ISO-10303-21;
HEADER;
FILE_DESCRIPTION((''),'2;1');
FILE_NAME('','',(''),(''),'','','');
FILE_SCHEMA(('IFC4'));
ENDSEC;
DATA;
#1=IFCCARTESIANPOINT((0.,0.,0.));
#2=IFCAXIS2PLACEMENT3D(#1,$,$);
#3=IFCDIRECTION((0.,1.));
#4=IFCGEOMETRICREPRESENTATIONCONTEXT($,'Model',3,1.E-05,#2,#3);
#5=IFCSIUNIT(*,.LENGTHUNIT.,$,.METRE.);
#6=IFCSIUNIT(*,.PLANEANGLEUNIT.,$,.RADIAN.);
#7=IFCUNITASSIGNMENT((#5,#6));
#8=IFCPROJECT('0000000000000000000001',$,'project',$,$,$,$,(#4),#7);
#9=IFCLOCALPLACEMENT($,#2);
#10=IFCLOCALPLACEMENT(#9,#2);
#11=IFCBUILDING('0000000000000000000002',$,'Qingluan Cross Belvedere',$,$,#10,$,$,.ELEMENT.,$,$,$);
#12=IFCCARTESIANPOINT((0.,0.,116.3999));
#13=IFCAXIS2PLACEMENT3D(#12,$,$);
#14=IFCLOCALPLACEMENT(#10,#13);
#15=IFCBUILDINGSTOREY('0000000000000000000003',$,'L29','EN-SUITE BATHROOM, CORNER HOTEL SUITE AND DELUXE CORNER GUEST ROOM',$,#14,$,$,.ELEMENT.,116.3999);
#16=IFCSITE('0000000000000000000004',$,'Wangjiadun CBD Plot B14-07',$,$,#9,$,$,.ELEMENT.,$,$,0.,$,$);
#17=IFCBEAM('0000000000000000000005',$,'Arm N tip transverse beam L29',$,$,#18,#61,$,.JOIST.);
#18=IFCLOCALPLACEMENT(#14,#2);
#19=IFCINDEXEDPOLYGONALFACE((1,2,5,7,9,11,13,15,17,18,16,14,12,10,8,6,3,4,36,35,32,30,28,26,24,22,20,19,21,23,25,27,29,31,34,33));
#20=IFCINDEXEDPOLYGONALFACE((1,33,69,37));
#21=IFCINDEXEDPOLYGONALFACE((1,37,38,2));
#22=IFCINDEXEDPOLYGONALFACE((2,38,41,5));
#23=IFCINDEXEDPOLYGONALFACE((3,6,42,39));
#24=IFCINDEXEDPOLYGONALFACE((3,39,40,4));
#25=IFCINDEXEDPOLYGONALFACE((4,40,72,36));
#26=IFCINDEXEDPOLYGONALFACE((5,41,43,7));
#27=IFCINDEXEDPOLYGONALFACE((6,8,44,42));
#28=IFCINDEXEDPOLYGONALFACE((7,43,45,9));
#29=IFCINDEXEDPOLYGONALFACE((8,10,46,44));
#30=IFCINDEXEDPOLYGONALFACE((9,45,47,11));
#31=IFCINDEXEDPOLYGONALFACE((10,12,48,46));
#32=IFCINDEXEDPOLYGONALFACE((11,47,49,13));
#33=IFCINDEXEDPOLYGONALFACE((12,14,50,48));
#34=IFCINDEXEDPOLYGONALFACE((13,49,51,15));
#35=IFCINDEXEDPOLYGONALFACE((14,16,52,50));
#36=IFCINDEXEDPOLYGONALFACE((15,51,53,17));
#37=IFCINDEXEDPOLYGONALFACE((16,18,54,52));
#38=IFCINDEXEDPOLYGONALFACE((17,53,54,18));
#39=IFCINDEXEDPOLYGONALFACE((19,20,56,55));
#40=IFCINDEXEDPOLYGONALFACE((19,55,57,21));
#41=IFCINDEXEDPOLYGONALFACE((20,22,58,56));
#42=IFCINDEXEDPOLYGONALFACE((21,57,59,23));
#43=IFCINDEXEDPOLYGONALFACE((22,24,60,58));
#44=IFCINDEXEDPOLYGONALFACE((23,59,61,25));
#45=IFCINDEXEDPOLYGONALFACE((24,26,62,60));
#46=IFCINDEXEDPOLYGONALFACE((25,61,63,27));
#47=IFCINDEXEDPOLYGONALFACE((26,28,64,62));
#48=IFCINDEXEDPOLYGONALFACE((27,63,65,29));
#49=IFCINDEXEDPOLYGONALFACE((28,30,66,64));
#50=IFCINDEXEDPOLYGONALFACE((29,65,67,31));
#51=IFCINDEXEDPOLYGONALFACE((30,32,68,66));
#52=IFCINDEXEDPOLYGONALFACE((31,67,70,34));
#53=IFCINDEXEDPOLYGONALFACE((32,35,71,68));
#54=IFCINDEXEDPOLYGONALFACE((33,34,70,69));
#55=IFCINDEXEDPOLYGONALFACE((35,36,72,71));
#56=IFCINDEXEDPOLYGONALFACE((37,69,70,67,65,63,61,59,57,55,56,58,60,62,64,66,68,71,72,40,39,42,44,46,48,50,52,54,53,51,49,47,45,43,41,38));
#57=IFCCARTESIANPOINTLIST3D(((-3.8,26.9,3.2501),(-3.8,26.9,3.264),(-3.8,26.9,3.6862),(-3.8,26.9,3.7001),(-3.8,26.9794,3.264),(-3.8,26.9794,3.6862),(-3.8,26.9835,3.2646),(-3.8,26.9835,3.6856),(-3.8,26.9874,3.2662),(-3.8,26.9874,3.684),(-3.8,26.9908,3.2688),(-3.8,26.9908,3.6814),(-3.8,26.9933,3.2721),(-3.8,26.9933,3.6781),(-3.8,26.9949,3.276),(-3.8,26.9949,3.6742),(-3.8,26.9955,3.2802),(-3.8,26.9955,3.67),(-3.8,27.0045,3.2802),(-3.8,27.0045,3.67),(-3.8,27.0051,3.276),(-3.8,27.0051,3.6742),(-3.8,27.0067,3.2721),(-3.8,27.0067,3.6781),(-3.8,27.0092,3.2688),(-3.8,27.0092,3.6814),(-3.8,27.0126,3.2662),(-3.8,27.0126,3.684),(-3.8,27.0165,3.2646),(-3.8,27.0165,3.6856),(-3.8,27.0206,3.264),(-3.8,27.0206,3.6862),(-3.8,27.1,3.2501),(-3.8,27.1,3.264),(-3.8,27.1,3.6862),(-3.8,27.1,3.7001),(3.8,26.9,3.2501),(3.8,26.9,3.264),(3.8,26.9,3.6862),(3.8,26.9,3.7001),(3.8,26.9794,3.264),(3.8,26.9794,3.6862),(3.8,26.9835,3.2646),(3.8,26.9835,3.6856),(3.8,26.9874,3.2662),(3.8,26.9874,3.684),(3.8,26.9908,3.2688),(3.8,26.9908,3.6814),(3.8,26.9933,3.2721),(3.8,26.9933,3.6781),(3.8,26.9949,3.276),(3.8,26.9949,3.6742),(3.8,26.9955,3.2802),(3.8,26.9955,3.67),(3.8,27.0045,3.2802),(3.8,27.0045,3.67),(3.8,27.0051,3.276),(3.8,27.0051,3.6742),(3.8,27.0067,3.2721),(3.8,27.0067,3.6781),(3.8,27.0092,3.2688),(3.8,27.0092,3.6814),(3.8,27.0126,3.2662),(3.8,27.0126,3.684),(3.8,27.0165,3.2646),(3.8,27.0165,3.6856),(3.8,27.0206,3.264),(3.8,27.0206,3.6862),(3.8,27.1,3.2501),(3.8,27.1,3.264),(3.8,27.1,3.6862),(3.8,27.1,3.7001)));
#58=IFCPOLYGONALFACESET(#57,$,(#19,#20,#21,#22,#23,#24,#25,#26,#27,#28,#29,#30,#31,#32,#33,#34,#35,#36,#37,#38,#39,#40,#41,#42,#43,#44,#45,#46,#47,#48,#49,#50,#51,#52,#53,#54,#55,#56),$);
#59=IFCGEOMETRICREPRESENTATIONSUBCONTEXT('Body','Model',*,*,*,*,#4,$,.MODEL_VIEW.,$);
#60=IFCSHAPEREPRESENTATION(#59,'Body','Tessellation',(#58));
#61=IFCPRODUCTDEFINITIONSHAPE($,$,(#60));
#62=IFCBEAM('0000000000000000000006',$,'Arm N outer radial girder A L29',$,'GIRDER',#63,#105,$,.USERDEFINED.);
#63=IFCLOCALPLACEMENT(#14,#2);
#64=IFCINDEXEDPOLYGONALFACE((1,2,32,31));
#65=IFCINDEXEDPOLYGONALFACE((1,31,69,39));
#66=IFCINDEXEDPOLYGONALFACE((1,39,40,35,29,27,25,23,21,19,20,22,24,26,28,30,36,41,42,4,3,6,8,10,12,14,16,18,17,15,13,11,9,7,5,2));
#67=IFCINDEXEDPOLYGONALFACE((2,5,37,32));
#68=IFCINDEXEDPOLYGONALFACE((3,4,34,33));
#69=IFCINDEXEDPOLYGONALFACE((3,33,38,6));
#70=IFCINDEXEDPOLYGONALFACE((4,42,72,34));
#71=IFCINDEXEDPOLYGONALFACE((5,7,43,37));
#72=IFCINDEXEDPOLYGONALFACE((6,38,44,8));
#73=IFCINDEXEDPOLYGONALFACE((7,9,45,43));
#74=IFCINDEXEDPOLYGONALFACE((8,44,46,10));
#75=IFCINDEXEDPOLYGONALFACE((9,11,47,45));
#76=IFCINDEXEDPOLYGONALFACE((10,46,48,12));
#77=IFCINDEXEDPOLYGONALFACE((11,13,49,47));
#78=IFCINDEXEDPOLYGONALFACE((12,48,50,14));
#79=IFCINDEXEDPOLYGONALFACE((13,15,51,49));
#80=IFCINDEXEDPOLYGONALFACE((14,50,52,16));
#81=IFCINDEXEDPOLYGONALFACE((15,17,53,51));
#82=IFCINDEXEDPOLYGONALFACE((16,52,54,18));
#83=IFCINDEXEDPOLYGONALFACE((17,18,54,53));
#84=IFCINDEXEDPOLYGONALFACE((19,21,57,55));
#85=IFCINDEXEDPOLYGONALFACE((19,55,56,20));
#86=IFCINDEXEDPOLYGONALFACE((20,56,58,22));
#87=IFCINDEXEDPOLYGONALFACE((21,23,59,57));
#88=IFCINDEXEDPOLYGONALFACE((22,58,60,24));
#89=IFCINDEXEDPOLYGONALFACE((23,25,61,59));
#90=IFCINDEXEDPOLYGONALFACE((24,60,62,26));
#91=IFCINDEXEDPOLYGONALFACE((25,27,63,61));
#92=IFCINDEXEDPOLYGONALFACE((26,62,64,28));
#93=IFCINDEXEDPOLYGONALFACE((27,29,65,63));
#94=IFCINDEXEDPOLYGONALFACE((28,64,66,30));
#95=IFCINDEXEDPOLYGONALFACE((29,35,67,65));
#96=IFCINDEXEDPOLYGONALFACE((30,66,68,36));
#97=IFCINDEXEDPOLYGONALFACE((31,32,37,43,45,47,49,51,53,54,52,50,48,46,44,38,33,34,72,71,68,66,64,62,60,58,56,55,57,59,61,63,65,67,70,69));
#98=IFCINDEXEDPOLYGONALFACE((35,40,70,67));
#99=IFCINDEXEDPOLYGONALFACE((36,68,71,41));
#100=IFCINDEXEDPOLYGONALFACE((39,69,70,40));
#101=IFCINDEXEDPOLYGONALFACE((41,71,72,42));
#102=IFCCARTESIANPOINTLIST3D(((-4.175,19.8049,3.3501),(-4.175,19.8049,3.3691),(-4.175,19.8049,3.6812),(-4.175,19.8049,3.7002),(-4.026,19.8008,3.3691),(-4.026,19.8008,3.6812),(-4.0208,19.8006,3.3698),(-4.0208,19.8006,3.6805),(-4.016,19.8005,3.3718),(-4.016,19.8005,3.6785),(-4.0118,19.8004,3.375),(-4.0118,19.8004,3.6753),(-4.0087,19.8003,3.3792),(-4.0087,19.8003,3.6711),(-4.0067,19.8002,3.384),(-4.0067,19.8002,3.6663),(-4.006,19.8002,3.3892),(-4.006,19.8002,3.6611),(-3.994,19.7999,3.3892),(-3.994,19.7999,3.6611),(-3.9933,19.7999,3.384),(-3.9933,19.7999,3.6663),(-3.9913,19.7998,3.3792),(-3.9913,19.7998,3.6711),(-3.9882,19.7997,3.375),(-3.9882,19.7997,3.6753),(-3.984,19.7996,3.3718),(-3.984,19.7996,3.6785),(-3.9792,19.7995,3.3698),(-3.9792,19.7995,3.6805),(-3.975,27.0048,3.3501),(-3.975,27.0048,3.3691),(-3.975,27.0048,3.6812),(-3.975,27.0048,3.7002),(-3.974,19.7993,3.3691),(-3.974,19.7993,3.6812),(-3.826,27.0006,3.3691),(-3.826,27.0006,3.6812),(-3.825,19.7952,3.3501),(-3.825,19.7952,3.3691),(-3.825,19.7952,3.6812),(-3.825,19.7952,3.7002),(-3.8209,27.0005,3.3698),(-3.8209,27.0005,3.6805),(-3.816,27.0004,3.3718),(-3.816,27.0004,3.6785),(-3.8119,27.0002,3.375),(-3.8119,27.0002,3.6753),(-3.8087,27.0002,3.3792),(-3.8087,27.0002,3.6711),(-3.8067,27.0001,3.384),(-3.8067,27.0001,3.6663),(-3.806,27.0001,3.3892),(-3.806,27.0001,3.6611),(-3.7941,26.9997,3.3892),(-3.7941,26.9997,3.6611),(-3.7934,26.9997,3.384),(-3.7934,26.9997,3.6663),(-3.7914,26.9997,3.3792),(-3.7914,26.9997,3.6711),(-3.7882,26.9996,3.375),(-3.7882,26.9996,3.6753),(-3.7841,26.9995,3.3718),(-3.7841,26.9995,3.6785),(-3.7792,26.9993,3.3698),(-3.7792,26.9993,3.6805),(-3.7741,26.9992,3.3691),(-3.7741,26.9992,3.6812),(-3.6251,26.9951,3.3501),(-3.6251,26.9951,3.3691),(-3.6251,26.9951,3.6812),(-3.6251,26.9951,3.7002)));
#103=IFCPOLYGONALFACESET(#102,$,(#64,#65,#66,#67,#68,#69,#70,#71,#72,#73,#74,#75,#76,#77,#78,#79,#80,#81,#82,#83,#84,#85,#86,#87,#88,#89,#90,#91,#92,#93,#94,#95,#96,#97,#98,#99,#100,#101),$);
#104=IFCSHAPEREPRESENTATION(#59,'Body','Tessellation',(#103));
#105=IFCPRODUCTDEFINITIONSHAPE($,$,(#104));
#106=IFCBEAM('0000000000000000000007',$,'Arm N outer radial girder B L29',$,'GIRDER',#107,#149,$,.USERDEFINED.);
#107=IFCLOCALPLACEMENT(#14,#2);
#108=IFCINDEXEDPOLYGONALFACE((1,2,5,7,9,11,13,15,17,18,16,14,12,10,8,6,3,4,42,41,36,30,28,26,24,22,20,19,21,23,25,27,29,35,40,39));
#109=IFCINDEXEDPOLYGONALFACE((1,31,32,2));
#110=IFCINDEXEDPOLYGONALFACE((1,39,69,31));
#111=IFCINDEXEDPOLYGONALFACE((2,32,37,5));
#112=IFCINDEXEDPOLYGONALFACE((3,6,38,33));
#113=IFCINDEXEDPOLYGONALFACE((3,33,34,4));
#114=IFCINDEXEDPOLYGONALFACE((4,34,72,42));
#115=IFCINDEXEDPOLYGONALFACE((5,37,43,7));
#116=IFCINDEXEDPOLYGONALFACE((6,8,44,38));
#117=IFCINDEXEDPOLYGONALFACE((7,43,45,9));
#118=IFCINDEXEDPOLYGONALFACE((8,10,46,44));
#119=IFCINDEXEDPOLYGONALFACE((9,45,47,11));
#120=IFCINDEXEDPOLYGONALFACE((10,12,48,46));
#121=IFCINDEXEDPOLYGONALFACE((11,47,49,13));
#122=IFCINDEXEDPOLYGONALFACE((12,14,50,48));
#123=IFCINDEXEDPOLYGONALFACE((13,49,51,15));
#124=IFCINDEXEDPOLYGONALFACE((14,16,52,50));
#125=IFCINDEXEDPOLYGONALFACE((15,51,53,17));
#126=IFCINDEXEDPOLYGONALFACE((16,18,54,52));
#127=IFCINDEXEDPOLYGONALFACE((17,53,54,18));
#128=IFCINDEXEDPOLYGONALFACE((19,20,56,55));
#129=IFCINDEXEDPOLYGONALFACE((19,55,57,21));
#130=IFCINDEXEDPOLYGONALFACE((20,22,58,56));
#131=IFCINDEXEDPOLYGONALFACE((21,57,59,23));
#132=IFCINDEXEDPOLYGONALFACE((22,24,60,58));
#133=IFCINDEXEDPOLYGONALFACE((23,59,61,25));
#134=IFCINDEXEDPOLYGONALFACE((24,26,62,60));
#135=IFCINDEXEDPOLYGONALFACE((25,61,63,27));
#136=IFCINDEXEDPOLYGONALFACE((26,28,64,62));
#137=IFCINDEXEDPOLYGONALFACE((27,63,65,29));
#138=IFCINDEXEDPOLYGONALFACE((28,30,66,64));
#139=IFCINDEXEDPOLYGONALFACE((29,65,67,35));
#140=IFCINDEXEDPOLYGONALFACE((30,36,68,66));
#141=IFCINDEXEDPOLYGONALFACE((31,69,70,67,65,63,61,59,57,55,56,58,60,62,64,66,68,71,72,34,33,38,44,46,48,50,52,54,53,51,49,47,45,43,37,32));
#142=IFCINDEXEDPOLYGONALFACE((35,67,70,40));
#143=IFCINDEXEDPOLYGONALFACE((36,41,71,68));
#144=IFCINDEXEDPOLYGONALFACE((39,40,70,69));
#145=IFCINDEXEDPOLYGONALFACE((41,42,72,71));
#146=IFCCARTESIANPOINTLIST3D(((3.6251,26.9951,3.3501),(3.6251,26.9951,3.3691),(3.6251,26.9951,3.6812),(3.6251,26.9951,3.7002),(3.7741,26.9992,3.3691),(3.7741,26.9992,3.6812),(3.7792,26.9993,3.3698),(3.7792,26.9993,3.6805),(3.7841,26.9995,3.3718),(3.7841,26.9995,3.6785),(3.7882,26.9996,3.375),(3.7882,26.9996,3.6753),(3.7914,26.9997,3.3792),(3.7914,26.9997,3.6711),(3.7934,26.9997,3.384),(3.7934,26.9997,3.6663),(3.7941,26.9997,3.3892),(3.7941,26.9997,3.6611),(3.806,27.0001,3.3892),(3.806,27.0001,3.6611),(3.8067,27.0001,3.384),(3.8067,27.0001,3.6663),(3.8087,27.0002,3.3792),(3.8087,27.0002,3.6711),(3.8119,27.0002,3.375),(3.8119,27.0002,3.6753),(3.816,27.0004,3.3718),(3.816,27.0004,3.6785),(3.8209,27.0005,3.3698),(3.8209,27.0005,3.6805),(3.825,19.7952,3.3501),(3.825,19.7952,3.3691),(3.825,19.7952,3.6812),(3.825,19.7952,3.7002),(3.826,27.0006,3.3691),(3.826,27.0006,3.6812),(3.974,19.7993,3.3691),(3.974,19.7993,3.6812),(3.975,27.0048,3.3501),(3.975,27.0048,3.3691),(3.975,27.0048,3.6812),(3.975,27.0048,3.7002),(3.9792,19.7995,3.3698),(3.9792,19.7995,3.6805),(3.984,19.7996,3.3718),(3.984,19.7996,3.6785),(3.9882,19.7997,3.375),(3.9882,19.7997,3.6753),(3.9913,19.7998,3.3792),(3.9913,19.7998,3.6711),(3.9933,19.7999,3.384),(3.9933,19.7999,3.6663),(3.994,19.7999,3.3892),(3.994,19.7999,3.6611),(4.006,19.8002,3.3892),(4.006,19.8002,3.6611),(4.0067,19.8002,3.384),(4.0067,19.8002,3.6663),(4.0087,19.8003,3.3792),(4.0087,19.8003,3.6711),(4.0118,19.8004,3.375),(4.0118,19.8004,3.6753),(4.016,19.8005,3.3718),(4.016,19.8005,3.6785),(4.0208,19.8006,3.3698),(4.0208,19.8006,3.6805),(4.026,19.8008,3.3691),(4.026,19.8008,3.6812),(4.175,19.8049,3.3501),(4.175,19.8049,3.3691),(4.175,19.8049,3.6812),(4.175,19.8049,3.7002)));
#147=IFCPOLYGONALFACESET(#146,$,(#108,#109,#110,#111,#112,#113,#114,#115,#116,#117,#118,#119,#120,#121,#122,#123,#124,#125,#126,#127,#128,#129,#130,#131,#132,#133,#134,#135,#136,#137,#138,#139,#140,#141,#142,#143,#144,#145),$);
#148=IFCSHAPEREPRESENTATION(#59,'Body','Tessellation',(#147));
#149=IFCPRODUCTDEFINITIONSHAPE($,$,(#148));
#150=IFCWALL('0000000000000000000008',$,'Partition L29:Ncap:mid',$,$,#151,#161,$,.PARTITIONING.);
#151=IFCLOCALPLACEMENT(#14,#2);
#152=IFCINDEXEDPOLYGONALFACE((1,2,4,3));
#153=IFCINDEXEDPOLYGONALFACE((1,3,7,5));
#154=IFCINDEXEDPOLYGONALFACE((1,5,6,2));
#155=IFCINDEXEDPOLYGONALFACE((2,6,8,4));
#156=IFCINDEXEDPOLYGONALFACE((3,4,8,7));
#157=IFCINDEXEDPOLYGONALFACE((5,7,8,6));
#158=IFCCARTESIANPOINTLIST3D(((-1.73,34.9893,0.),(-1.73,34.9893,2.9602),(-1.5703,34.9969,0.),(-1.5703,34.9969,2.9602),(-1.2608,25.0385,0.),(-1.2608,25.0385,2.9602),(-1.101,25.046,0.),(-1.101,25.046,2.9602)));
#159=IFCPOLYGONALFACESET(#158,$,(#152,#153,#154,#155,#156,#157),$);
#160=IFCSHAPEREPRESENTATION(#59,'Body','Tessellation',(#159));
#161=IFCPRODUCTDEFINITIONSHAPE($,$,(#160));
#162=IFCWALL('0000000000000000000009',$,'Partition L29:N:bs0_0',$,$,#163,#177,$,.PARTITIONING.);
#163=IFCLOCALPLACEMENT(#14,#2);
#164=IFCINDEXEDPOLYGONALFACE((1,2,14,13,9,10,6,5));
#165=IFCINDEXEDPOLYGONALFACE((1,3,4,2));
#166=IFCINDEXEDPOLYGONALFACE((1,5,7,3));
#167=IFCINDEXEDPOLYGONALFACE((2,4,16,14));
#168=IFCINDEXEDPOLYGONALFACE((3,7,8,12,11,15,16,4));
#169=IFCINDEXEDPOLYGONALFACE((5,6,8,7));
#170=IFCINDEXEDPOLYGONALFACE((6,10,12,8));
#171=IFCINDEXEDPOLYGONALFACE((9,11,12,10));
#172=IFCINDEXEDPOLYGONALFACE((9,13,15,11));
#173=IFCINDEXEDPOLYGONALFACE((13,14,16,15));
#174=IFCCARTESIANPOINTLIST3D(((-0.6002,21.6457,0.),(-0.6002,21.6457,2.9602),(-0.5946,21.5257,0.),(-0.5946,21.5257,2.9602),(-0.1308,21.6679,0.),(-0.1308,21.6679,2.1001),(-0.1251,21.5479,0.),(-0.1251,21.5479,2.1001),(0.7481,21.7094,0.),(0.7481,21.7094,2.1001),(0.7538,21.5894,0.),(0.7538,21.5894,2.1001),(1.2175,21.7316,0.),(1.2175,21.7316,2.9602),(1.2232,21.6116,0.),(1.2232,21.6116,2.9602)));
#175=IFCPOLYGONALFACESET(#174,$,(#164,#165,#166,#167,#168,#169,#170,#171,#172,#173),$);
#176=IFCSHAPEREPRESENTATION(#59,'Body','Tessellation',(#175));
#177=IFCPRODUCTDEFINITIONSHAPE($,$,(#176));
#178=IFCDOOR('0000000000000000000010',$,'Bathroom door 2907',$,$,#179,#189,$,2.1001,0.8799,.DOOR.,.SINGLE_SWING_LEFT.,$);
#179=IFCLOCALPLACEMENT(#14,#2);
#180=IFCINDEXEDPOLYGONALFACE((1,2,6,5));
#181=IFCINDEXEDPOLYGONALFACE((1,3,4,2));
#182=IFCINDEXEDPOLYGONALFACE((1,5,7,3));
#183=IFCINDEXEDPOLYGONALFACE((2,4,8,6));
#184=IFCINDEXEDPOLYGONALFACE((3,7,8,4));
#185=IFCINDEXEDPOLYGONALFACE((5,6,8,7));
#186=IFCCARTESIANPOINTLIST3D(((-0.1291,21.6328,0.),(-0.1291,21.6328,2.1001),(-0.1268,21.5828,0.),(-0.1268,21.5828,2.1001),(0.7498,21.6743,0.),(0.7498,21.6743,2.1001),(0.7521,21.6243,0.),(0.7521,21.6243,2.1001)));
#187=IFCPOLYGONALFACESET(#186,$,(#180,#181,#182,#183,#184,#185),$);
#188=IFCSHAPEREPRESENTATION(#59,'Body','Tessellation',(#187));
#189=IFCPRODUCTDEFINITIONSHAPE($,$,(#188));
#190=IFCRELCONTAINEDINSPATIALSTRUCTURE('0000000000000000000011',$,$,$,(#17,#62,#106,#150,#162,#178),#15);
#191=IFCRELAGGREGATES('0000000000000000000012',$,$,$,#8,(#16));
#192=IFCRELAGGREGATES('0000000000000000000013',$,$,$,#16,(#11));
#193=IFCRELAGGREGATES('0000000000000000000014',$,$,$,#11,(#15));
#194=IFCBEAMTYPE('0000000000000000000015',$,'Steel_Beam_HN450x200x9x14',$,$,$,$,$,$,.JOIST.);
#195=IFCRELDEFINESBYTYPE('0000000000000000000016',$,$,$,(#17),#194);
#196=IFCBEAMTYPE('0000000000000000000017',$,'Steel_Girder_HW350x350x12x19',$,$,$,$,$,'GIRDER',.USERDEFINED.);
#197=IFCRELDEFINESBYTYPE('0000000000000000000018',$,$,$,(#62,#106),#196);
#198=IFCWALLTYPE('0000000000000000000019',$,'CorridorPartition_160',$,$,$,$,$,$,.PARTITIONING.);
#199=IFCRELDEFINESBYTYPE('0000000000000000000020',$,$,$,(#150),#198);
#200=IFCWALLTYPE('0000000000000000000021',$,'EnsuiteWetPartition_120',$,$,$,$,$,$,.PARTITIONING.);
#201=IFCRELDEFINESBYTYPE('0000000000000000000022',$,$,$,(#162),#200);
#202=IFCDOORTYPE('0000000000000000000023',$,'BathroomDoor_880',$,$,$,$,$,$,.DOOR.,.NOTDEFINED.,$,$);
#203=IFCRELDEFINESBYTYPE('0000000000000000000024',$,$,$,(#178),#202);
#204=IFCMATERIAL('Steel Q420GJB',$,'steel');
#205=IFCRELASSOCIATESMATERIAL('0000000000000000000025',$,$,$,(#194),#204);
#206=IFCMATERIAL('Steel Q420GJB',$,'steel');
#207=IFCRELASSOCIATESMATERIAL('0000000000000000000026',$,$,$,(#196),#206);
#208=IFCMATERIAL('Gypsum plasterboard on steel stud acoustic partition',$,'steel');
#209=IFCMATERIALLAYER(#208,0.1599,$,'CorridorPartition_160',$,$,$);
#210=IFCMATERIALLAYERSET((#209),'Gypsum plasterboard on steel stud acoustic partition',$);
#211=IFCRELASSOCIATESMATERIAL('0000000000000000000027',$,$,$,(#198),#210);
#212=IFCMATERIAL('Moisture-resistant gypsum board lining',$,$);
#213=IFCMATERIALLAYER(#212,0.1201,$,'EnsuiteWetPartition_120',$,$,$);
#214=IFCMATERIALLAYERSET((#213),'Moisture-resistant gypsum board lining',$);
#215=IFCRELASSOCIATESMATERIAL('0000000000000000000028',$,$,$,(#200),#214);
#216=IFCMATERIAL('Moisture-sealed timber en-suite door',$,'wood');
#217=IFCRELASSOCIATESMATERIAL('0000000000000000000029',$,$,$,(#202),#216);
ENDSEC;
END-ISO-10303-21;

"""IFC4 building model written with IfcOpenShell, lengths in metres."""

from ifc_helpers import new_model, si_unit, direction, frame, frame_2d, origin, origin_2d, place, context, subcontext, project, spatial, rectangle, i_section, extrude, material, layer, layer_set, material_profile, profile_set, type_object, element, fill, save


model = new_model("IFC4")

# Units and contexts
model_context = context("Model", 3, precision=1e-05, world=origin(), true_north=direction((0.0, 1.0)))
body_context = subcontext(model_context, "Body", "Model", "MODEL_VIEW")
ifc_project = project(units=[si_unit("LENGTHUNIT", "METRE"), si_unit("PLANEANGLEUNIT", "RADIAN")], contexts=[model_context])

# Site, building, storey
site_placement = place(None, origin())
site = spatial("IfcSite", under=ifc_project, at=site_placement, Name="Wangjiadun CBD Plot B14-07", CompositionType="ELEMENT", RefElevation=0.0)
building_placement = place(site_placement, origin())
building = spatial("IfcBuilding", under=site, at=building_placement, Name="Qingluan Cross Belvedere", CompositionType="ELEMENT")
storey_placement = place(building_placement, frame((0.0, 0.0, 116.3999)))
storey = spatial("IfcBuildingStorey", under=building, at=storey_placement, Name="L29", Description="EN-SUITE BATHROOM, CORNER HOTEL SUITE AND DELUXE CORNER GUEST ROOM", CompositionType="ELEMENT", Elevation=116.3999)

# Beams
ifc_material_1 = material(Name="Steel Q420GJB", Category="steel")
ifc_material_profile_1 = material_profile(ifc_material_1, i_section(OverallWidth=0.2, OverallDepth=0.45, WebThickness=0.009, FlangeThickness=0.0139, FilletRadius=0.0161, at=origin_2d()), Name="HN450x200x9x14")
ifc_profile_set_1 = profile_set([ifc_material_profile_1], Name="Steel Q420GJB")
beam_type_1 = type_object("IfcBeamType", Name="Steel_Beam_HN450x200x9x14", PredefinedType="JOIST", material=ifc_profile_set_1)
beam_1_placement = place(storey_placement, frame((-3.8, 27.0, 3.4751), z_axis=(1.0, 0.0, 0.0), x_axis=(0.0, 1.0, 0.0)))
element("IfcBeam", 1, at=beam_1_placement, inside=storey, type_object=beam_type_1, Name="Arm N tip transverse beam L29", PredefinedType="JOIST", context=body_context, shape_type="SweptSolid", body=[
    extrude(i_section(OverallWidth=0.2, OverallDepth=0.45, WebThickness=0.009, FlangeThickness=0.0139, FilletRadius=0.0161, at=origin_2d()), origin(), (0.0, 0.0, 1.0), 7.6001),
])
ifc_material_2 = material(Name="Steel Q420GJB", Category="steel")
ifc_material_profile_2 = material_profile(ifc_material_2, i_section(OverallWidth=0.3501, OverallDepth=0.3501, WebThickness=0.012, FlangeThickness=0.019, FilletRadius=0.02, at=origin_2d()), Name="HW350x350x12x19")
ifc_profile_set_2 = profile_set([ifc_material_profile_2], Name="Steel Q420GJB")
beam_type_2 = type_object("IfcBeamType", Name="Steel_Girder_HW350x350x12x19", ElementType="GIRDER", PredefinedType="USERDEFINED", material=ifc_profile_set_2)
for number, where, z_axis, x_axis, name in (
    (2, (-4.0, 19.8, 3.5251), (0.02776, 0.999615, 0.0), (-0.999615, 0.02776, 0.0), "Arm N outer radial girder A L29"),
    (3, (4.0, 19.8, 3.5251), (-0.02776, 0.999615, 0.0), (-0.999615, -0.02776, 0.0), "Arm N outer radial girder B L29"),
):
    element("IfcBeam", number, at=place(storey_placement, frame(where, z_axis=z_axis, x_axis=x_axis)), inside=storey, type_object=beam_type_2, Name=name, ObjectType="GIRDER", PredefinedType="USERDEFINED", context=body_context, shape_type="SweptSolid", body=[
        extrude(i_section(OverallWidth=0.3501, OverallDepth=0.3501, WebThickness=0.012, FlangeThickness=0.019, FilletRadius=0.02, at=origin_2d()), origin(), (0.0, 0.0, 1.0), 7.2026),
    ])

# Wall
ifc_material_3 = material(Name="Gypsum plasterboard on steel stud acoustic partition", Category="steel")
ifc_layer_1 = layer(ifc_material_3, 0.1599, Name="CorridorPartition_160")
ifc_layer_set_1 = layer_set([ifc_layer_1], Name="Gypsum plasterboard on steel stud acoustic partition")
wall_type_1 = type_object("IfcWallType", Name="CorridorPartition_160", PredefinedType="PARTITIONING", material=ifc_layer_set_1)
wall_1_placement = place(storey_placement, frame((-1.1809, 25.0422, 0.0), z_axis=(0.0, 0.0, 1.0), x_axis=(-0.047103, 0.99889, 0.0)))
element("IfcWall", 4, at=wall_1_placement, inside=storey, type_object=wall_type_1, Name="Partition L29:Ncap:mid", PredefinedType="PARTITIONING", context=body_context, shape_type="SweptSolid", body=[
    extrude(rectangle(XDim=9.9619, YDim=0.1599, at=frame_2d((4.981, 0.0))), origin(), (0.0, 0.0, 1.0), 2.9602),
])

# Wall, opening, door
ifc_material_4 = material(Name="Moisture-resistant gypsum board lining")
ifc_layer_2 = layer(ifc_material_4, 0.1201, Name="EnsuiteWetPartition_120")
ifc_layer_set_2 = layer_set([ifc_layer_2], Name="Moisture-resistant gypsum board lining")
wall_type_2 = type_object("IfcWallType", Name="EnsuiteWetPartition_120", PredefinedType="PARTITIONING", material=ifc_layer_set_2)
wall_2_placement = place(storey_placement, frame((-0.5974, 21.5857, 0.0), z_axis=(0.0, 0.0, 1.0), x_axis=(0.998884, 0.047221, 0.0)))
wall_2 = element("IfcWall", 5, at=wall_2_placement, inside=storey, type_object=wall_type_2, Name="Partition L29:N:bs0_0", PredefinedType="PARTITIONING", context=body_context, shape_type="SweptSolid", body=[
    extrude(rectangle(XDim=1.8198, YDim=0.1201, at=frame_2d((0.9099, 0.0))), origin(), (0.0, 0.0, 1.0), 2.9602),
])
opening_1_placement = place(wall_2_placement, frame((0.47, 0.0, 0.0)))
opening_1 = element("IfcOpeningElement", 6, at=opening_1_placement, cuts=wall_2, PredefinedType="OPENING", context=body_context, shape_type="SweptSolid", body=[
    extrude(rectangle(XDim=0.8799, YDim=2.1001, at=frame_2d((0.4399, 1.05))), frame((0.0, 0.0701, 0.0), z_axis=(0.0, -1.0, 0.0), x_axis=(1.0, 0.0, 0.0)), (0.0, 0.0, 1.0), 0.1401),
])
ifc_material_5 = material(Name="Moisture-sealed timber en-suite door", Category="wood")
door_type = type_object("IfcDoorType", Name="BathroomDoor_880", OperationType="NOTDEFINED", PredefinedType="DOOR", material=ifc_material_5)
door_1_placement = place(opening_1_placement, origin())
door_1 = element("IfcDoor", 7, at=door_1_placement, inside=storey, type_object=door_type, Name="Bathroom door 2907", OperationType="SINGLE_SWING_LEFT", OverallHeight=2.1001, OverallWidth=0.8799, PredefinedType="DOOR", context=body_context, shape_type="SweptSolid", body=[
    extrude(rectangle(XDim=0.8799, YDim=2.1001, at=frame_2d((0.4399, 1.05))), frame((0.0, 0.0249, 0.0), z_axis=(0.0, -1.0, 0.0), x_axis=(1.0, 0.0, 0.0)), (0.0, 0.0, 1.0), 0.05),
])
fill(opening_1, door_1)

save(model, "model.ifc")
